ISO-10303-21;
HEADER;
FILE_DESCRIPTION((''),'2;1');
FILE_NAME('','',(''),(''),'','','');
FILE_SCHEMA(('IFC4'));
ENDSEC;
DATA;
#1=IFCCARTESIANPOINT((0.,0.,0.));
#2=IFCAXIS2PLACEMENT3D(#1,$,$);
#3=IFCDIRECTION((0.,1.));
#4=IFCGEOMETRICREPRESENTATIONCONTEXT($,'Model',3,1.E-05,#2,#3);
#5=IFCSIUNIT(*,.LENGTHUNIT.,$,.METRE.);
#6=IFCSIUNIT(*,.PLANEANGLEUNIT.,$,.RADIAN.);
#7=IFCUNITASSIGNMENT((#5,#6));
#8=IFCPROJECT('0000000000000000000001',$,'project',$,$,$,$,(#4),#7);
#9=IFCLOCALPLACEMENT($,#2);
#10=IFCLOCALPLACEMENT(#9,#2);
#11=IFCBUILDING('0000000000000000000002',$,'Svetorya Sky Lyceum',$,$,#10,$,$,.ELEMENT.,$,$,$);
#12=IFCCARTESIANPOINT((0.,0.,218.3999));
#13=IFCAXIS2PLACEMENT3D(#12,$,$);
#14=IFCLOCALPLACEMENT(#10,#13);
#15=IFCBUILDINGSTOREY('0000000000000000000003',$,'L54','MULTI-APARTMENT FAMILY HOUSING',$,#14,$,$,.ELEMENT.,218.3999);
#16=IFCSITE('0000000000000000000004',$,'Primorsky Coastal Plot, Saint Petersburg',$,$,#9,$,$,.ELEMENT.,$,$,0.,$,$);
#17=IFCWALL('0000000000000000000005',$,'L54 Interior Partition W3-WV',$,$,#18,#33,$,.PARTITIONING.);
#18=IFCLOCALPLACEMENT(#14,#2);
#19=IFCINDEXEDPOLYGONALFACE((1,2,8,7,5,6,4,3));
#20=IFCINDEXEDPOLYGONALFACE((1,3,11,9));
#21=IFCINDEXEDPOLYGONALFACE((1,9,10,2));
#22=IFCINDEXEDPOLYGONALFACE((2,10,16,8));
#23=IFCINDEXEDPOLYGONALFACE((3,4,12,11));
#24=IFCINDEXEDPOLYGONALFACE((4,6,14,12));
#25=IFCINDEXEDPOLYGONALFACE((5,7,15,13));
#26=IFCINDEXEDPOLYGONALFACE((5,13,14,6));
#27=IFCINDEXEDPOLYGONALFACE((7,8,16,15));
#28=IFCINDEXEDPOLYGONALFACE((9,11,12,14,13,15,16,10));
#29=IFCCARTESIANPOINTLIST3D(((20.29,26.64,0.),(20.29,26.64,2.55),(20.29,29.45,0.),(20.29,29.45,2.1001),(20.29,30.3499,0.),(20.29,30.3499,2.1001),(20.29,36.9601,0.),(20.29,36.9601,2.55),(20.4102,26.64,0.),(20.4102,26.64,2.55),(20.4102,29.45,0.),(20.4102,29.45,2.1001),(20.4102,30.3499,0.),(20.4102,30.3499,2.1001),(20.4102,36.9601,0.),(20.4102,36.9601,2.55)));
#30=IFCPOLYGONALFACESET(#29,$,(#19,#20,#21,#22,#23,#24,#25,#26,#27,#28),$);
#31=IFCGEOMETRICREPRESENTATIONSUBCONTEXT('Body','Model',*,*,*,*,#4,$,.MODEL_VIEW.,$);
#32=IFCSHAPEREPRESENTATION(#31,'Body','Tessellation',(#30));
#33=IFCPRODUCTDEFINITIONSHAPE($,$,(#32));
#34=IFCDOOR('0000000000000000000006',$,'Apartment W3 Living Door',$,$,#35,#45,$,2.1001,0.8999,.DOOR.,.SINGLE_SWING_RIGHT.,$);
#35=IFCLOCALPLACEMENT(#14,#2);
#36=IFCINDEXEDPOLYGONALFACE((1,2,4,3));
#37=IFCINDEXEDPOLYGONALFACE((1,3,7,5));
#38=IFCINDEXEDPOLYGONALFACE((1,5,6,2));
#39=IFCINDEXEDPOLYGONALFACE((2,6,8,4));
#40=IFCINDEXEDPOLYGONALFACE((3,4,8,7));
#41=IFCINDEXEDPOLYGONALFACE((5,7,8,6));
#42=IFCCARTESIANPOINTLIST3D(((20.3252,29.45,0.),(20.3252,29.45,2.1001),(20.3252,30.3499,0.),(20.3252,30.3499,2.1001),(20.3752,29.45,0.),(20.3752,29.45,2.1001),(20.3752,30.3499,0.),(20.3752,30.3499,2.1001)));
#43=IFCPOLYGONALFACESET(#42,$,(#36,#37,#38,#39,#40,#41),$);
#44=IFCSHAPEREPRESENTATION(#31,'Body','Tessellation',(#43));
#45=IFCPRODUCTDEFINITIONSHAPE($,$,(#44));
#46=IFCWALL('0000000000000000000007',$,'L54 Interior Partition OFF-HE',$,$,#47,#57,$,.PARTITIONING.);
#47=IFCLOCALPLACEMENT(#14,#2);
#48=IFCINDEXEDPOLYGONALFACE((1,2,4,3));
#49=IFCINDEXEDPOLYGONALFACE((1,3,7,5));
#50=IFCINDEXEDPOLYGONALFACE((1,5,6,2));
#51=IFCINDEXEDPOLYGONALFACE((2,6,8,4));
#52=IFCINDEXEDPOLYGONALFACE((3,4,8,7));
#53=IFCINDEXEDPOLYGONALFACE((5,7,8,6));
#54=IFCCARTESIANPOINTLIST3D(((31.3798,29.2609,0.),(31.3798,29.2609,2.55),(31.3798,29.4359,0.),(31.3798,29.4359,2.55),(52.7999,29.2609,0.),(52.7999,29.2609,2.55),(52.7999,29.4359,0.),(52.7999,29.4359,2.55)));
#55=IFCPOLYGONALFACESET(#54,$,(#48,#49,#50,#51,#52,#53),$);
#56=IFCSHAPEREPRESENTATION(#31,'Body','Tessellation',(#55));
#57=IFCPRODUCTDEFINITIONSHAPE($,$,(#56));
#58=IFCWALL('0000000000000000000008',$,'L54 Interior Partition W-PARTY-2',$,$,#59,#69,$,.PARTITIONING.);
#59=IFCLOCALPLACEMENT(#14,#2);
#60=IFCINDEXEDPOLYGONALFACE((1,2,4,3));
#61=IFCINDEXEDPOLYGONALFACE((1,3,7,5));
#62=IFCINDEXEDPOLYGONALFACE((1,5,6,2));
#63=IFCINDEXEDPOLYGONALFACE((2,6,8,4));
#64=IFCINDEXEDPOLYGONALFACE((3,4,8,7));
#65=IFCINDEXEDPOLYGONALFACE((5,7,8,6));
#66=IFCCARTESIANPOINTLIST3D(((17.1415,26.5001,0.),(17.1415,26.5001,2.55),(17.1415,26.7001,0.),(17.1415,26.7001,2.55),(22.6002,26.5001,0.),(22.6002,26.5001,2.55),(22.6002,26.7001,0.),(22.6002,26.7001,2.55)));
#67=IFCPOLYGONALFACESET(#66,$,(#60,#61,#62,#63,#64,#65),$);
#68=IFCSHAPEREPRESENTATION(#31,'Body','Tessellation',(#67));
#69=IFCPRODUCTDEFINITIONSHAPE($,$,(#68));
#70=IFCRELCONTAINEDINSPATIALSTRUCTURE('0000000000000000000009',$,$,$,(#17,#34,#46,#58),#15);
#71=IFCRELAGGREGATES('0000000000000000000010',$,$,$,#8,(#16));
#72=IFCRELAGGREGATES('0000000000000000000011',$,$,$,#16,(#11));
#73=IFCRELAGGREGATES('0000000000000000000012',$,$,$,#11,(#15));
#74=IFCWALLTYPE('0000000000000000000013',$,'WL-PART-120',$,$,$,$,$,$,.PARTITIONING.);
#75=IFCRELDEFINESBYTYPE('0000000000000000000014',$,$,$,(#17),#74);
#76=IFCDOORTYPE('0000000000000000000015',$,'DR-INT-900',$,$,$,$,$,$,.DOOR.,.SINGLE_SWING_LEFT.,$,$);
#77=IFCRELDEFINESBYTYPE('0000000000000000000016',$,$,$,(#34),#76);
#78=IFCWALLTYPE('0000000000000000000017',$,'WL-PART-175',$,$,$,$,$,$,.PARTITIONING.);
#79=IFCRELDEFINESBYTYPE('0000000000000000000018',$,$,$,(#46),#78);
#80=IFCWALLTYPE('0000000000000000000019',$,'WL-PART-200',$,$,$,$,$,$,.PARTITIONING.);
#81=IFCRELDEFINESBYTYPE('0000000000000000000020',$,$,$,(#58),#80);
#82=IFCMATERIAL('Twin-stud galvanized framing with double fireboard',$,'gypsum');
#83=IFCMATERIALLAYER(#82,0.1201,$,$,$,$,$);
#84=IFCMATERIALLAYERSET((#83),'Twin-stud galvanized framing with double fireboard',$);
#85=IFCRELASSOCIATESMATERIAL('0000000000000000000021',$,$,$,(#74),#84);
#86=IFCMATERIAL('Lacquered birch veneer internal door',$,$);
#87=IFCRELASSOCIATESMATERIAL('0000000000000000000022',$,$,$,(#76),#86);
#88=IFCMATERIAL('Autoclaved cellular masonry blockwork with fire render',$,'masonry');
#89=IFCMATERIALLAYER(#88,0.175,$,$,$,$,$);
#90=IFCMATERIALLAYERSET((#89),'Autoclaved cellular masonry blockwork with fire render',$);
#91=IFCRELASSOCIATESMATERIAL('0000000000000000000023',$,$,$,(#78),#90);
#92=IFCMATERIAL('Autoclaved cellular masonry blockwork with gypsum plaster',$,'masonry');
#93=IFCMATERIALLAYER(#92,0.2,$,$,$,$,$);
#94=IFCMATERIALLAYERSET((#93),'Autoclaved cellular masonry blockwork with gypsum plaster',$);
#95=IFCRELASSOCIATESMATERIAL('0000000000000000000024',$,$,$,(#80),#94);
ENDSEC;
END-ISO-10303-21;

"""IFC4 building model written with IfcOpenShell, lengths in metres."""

from ifc_helpers import new_model, si_unit, direction, frame, frame_2d, origin, place, context, subcontext, project, spatial, rectangle, extrude, material, layer, layer_set, type_object, element, fill, save


model = new_model("IFC4")

# Units and contexts
model_context = context("Model", 3, precision=1e-05, world=origin(), true_north=direction((0.0, 1.0)))
body_context = subcontext(model_context, "Body", "Model", "MODEL_VIEW")
ifc_project = project(units=[si_unit("LENGTHUNIT", "METRE"), si_unit("PLANEANGLEUNIT", "RADIAN")], contexts=[model_context])

# Site, building, storey
site_placement = place(None, origin())
site = spatial("IfcSite", under=ifc_project, at=site_placement, Name="Primorsky Coastal Plot, Saint Petersburg", CompositionType="ELEMENT", RefElevation=0.0)
building_placement = place(site_placement, origin())
building = spatial("IfcBuilding", under=site, at=building_placement, Name="Svetorya Sky Lyceum", CompositionType="ELEMENT")
storey_placement = place(building_placement, frame((0.0, 0.0, 218.3999)))
storey = spatial("IfcBuildingStorey", under=building, at=storey_placement, Name="L54", Description="MULTI-APARTMENT FAMILY HOUSING", CompositionType="ELEMENT", Elevation=218.3999)

# Wall, opening, door
ifc_material_1 = material(Name="Twin-stud galvanized framing with double fireboard", Category="gypsum")
ifc_layer_1 = layer(ifc_material_1, 0.1201)
ifc_layer_set_1 = layer_set([ifc_layer_1], Name="Twin-stud galvanized framing with double fireboard")
wall_type_1 = type_object("IfcWallType", Name="WL-PART-120", PredefinedType="PARTITIONING", material=ifc_layer_set_1)
ifc_material_2 = material(Name="Lacquered birch veneer internal door")
door_type_1 = type_object("IfcDoorType", Name="DR-INT-900", OperationType="SINGLE_SWING_LEFT", PredefinedType="DOOR", material=ifc_material_2)
wall_1_placement = place(storey_placement, frame((20.3501, 26.6399, 0.0), z_axis=(0.0, 0.0, 1.0), x_axis=(0.0, 1.0, 0.0)))
wall_1 = element("IfcWall", 1, at=wall_1_placement, inside=storey, type_object=wall_type_1, Name="L54 Interior Partition W3-WV", PredefinedType="PARTITIONING", context=body_context, shape_type="SweptSolid", body=[
    extrude(rectangle(XDim=10.3201, YDim=0.1201, at=frame_2d((5.1602, 0.0))), origin(), (0.0, 0.0, 1.0), 2.55),
])
opening_1_placement = place(wall_1_placement, frame((2.8101, 0.0, 0.0)))
opening_1 = element("IfcOpeningElement", 2, at=opening_1_placement, cuts=wall_1, PredefinedType="OPENING", context=body_context, shape_type="SweptSolid", body=[
    extrude(rectangle(XDim=0.8999, YDim=2.1001, at=frame_2d((0.45, 1.05))), frame((0.0, 0.0701, 0.0), z_axis=(0.0, -1.0, 0.0), x_axis=(1.0, 0.0, 0.0)), (0.0, 0.0, 1.0), 0.1401),
])
door_1_placement = place(opening_1_placement, origin())
door_1 = element("IfcDoor", 3, at=door_1_placement, inside=storey, type_object=door_type_1, Name="Apartment W3 Living Door", OperationType="SINGLE_SWING_RIGHT", OverallHeight=2.1001, OverallWidth=0.8999, PredefinedType="DOOR", context=body_context, shape_type="SweptSolid", body=[
    extrude(rectangle(XDim=0.8999, YDim=2.1001, at=frame_2d((0.45, 1.05))), frame((0.0, 0.0249, 0.0), z_axis=(0.0, -1.0, 0.0), x_axis=(1.0, 0.0, 0.0)), (0.0, 0.0, 1.0), 0.05),
])
fill(opening_1, door_1)

# Walls
ifc_material_3 = material(Name="Autoclaved cellular masonry blockwork with fire render", Category="masonry")
ifc_layer_2 = layer(ifc_material_3, 0.175)
ifc_layer_set_2 = layer_set([ifc_layer_2], Name="Autoclaved cellular masonry blockwork with fire render")
wall_type_2 = type_object("IfcWallType", Name="WL-PART-175", PredefinedType="PARTITIONING", material=ifc_layer_set_2)
wall_2_placement = place(storey_placement, frame((31.3799, 29.3484, 0.0), z_axis=(0.0, 0.0, 1.0), x_axis=(1.0, 0.0, 0.0)))
element("IfcWall", 4, at=wall_2_placement, inside=storey, type_object=wall_type_2, Name="L54 Interior Partition OFF-HE", PredefinedType="PARTITIONING", context=body_context, shape_type="SweptSolid", body=[
    extrude(rectangle(XDim=21.4202, YDim=0.175, at=frame_2d((10.71, 0.0))), origin(), (0.0, 0.0, 1.0), 2.55),
])
ifc_material_4 = material(Name="Autoclaved cellular masonry blockwork with gypsum plaster", Category="masonry")
ifc_layer_3 = layer(ifc_material_4, 0.2)
ifc_layer_set_3 = layer_set([ifc_layer_3], Name="Autoclaved cellular masonry blockwork with gypsum plaster")
wall_type_3 = type_object("IfcWallType", Name="WL-PART-200", PredefinedType="PARTITIONING", material=ifc_layer_set_3)
wall_3_placement = place(storey_placement, frame((17.1414, 26.6001, 0.0), z_axis=(0.0, 0.0, 1.0), x_axis=(1.0, 0.0, 0.0)))
element("IfcWall", 5, at=wall_3_placement, inside=storey, type_object=wall_type_3, Name="L54 Interior Partition W-PARTY-2", PredefinedType="PARTITIONING", context=body_context, shape_type="SweptSolid", body=[
    extrude(rectangle(XDim=5.4587, YDim=0.2, at=frame_2d((2.7295, 0.0))), origin(), (0.0, 0.0, 1.0), 2.55),
])

save(model, "model.ifc")
